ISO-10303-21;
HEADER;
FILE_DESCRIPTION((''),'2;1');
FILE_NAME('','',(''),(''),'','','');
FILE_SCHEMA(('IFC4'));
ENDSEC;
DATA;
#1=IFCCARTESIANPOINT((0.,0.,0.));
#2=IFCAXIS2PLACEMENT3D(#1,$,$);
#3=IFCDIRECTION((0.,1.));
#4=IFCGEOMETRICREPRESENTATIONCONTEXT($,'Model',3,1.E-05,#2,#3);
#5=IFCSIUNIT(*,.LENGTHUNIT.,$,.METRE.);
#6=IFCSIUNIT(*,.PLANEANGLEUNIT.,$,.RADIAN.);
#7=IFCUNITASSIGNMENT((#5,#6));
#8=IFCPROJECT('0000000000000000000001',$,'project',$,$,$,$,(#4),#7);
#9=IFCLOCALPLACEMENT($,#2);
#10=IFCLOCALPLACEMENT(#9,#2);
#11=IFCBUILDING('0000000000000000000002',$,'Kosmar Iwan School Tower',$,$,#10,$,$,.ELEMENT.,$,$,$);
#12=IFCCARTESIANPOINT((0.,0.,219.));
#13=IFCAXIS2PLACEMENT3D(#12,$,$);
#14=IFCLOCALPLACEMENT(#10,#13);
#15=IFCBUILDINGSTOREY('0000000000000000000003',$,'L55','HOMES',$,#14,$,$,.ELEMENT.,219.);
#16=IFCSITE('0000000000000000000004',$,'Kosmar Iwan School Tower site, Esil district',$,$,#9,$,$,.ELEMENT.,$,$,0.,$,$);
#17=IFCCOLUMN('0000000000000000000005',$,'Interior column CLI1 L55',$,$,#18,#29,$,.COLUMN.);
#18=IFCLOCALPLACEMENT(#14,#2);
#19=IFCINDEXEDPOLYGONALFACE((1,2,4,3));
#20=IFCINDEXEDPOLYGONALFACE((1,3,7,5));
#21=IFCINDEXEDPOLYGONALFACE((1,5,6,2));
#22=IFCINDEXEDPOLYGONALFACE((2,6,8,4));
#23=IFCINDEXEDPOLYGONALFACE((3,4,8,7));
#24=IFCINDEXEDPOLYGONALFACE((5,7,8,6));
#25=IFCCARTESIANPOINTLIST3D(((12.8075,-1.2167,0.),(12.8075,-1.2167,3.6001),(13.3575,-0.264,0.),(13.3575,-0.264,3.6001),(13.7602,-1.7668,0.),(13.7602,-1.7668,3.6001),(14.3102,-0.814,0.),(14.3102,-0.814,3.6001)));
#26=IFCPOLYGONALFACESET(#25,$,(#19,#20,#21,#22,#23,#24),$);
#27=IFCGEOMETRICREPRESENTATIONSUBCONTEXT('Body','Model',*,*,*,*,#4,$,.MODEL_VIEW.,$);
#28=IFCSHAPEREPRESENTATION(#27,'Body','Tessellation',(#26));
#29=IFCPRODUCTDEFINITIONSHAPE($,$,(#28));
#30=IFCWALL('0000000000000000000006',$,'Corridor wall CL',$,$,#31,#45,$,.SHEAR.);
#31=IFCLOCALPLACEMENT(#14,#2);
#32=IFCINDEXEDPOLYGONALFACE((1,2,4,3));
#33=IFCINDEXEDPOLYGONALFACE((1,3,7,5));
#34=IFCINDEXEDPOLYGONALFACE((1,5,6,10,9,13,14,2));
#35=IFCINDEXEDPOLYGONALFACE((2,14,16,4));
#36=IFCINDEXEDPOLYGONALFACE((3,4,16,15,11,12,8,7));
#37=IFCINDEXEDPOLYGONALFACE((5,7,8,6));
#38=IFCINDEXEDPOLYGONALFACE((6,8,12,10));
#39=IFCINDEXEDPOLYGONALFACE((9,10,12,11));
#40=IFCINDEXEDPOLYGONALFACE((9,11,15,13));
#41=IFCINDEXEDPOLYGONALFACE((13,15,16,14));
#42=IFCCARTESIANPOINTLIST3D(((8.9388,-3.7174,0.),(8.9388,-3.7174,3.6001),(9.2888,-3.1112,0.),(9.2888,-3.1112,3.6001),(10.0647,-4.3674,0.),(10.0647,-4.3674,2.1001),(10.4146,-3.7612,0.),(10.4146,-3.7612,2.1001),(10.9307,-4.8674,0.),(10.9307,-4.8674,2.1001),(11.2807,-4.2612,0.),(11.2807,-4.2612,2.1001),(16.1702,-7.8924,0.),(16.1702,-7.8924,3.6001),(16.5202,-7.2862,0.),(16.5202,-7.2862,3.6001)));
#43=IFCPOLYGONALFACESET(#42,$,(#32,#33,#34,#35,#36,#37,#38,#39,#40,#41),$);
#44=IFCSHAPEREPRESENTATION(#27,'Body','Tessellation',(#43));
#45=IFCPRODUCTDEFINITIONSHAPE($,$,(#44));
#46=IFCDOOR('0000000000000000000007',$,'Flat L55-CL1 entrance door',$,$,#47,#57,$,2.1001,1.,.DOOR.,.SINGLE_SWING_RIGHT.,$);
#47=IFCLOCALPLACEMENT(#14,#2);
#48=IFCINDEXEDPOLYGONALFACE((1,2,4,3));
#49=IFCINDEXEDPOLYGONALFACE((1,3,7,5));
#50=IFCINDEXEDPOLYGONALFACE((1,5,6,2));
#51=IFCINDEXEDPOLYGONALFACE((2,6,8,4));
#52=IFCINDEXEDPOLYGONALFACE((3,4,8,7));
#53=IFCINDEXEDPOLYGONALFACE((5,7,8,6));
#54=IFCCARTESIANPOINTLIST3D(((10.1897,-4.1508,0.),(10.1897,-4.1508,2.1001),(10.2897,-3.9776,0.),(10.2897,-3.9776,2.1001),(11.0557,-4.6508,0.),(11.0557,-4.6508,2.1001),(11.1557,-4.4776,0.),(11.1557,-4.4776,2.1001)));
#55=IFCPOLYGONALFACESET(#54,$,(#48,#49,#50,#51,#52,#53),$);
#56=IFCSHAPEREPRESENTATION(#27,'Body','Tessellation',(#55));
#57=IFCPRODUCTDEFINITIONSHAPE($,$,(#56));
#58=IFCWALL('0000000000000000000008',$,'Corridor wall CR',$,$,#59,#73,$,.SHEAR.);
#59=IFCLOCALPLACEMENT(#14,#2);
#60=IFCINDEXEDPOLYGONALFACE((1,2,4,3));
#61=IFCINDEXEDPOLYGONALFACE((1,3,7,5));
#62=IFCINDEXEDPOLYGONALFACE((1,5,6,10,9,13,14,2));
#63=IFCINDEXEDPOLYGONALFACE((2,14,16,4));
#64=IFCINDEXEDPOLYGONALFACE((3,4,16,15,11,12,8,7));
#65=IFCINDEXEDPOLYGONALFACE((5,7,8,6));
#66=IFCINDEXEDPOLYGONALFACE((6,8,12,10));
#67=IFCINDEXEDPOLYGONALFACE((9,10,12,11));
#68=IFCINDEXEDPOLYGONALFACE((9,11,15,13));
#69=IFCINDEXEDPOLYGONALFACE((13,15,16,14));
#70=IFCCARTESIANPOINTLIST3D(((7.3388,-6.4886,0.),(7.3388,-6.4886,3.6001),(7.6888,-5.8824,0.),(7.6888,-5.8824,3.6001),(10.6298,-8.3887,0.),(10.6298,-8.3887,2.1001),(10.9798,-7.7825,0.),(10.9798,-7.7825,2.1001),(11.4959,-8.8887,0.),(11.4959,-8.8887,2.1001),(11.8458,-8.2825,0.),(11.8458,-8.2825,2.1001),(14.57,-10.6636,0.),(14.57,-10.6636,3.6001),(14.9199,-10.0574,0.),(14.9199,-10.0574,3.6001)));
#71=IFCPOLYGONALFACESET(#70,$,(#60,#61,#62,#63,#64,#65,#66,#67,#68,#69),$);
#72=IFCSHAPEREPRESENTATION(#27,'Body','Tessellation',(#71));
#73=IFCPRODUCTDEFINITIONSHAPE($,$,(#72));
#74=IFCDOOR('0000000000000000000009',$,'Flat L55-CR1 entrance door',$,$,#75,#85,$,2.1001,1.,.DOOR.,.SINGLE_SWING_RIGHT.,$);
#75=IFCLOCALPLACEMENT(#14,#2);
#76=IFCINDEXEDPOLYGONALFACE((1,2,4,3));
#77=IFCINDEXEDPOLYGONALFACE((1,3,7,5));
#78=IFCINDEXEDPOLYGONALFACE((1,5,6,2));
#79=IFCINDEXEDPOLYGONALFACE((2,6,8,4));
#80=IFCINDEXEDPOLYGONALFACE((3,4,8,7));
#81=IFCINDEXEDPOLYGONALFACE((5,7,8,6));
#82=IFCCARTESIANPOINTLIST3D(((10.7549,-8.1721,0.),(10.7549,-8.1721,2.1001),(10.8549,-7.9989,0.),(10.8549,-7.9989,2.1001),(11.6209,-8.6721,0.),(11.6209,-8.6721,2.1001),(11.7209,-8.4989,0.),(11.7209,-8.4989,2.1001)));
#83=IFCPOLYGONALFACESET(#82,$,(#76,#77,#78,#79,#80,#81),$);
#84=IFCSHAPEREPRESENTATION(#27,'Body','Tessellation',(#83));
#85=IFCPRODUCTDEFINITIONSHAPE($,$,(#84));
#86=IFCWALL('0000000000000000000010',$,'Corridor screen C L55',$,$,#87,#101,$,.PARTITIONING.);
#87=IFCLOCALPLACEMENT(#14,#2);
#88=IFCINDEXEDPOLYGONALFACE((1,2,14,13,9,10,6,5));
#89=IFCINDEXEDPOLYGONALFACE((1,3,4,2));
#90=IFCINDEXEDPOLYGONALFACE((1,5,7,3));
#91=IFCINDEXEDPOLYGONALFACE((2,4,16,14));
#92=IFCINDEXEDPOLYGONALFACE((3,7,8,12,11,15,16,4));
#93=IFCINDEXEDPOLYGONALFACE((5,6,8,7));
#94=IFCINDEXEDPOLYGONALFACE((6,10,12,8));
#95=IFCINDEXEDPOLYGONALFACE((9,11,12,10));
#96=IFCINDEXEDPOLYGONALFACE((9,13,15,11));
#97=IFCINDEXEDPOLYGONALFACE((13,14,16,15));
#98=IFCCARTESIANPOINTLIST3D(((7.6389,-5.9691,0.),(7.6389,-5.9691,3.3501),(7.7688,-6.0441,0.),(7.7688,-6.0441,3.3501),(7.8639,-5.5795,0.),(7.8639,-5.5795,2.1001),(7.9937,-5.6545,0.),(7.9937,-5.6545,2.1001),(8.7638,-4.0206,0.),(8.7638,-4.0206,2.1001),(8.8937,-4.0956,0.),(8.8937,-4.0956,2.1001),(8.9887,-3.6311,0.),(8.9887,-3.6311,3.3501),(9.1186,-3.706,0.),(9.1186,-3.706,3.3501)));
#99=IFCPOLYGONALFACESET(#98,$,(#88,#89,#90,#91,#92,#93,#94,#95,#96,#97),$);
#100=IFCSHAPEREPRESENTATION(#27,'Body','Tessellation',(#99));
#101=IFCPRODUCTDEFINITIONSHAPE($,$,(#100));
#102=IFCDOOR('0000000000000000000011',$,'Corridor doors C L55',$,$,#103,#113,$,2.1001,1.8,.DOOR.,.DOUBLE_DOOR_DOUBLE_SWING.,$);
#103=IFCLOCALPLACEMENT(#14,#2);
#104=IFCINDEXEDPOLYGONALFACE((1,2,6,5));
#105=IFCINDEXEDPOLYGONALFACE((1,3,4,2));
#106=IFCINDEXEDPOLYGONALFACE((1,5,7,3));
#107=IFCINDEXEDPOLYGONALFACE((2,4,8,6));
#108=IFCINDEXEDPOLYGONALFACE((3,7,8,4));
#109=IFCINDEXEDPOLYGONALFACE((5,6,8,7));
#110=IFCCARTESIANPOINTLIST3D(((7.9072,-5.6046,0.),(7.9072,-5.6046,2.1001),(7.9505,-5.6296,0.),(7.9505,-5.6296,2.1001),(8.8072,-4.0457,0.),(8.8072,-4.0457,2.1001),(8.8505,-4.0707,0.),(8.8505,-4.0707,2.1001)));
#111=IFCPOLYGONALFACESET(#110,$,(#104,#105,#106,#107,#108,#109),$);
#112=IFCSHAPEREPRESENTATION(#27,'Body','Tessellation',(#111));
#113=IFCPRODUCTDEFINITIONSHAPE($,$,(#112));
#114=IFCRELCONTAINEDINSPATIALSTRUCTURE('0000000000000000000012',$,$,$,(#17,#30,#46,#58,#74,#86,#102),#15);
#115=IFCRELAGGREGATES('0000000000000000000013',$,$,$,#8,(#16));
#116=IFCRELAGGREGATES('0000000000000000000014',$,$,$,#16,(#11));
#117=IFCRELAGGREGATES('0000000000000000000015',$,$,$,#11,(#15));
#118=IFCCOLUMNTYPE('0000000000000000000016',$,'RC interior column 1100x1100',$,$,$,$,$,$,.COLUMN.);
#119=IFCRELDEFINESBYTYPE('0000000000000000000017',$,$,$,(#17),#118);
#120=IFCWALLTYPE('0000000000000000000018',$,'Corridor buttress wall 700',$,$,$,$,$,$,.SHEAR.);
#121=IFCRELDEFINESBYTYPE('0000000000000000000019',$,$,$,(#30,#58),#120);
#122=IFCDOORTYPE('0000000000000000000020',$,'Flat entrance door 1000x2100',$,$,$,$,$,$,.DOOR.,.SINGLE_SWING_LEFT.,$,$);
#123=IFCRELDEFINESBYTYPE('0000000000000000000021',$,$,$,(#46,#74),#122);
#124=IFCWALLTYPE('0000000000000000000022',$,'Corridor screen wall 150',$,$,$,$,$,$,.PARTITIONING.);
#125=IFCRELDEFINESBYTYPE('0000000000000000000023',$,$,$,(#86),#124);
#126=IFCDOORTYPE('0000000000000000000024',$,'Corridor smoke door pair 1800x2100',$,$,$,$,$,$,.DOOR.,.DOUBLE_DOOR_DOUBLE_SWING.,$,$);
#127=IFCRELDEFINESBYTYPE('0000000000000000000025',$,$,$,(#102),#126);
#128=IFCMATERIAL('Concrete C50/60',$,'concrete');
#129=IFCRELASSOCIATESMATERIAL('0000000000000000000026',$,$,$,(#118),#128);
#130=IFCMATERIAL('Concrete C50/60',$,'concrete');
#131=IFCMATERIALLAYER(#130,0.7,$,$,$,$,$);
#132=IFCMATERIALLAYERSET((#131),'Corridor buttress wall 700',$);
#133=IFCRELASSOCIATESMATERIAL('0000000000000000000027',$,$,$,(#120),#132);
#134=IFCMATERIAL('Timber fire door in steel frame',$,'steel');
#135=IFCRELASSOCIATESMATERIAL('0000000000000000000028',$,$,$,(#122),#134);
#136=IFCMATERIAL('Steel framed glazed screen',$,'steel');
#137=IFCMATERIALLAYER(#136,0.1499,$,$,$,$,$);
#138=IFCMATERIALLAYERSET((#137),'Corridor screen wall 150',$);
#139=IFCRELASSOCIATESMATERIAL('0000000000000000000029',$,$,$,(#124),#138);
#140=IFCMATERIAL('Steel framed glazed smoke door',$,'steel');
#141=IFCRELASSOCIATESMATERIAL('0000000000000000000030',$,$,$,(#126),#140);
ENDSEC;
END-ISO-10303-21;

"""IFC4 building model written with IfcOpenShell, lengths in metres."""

from ifc_helpers import new_model, si_unit, direction, frame, frame_2d, origin, origin_2d, place, context, subcontext, project, spatial, rectangle, extrude, material, layer, layer_set, material_profile, profile_set, type_object, element, fill, save


model = new_model("IFC4")

# Units and contexts
model_context = context("Model", 3, precision=1e-05, world=origin(), true_north=direction((0.0, 1.0)))
body_context = subcontext(model_context, "Body", "Model", "MODEL_VIEW")
ifc_project = project(units=[si_unit("LENGTHUNIT", "METRE"), si_unit("PLANEANGLEUNIT", "RADIAN")], contexts=[model_context])

# Site, building, storey
site_placement = place(None, origin())
site = spatial("IfcSite", under=ifc_project, at=site_placement, Name="Kosmar Iwan School Tower site, Esil district", CompositionType="ELEMENT", RefElevation=0.0)
building_placement = place(site_placement, origin())
building = spatial("IfcBuilding", under=site, at=building_placement, Name="Kosmar Iwan School Tower", CompositionType="ELEMENT")
storey_placement = place(building_placement, frame((0.0, 0.0, 219.0)))
storey = spatial("IfcBuildingStorey", under=building, at=storey_placement, Name="L55", Description="HOMES", CompositionType="ELEMENT", Elevation=219.0)

# Column
ifc_material_1 = material(Name="Concrete C50/60", Category="concrete")
ifc_material_profile = material_profile(ifc_material_1, rectangle(XDim=1.1001, YDim=1.1001, at=origin_2d()), Name="RC 1100x1100")
ifc_profile_set = profile_set([ifc_material_profile], Name="Concrete C50/60")
column_type = type_object("IfcColumnType", Name="RC interior column 1100x1100", PredefinedType="COLUMN", material=ifc_profile_set)
column_placement = place(storey_placement, frame((13.5588, -1.0154, 0.0), z_axis=(0.0, 0.0, 1.0), x_axis=(0.866025, -0.5, 0.0)))
element("IfcColumn", 1, at=column_placement, inside=storey, type_object=column_type, Name="Interior column CLI1 L55", PredefinedType="COLUMN", context=body_context, shape_type="SweptSolid", body=[
    extrude(rectangle(XDim=1.1001, YDim=1.1001, at=origin_2d()), origin(), (0.0, 0.0, 1.0), 3.6001),
])

# Walls, openings, doors
ifc_material_2 = material(Name="Concrete C50/60", Category="concrete")
ifc_layer_1 = layer(ifc_material_2, 0.7)
ifc_layer_set_1 = layer_set([ifc_layer_1], Name="Corridor buttress wall 700")
wall_type_1 = type_object("IfcWallType", Name="Corridor buttress wall 700", PredefinedType="SHEAR", material=ifc_layer_set_1)
wall_1_placement = place(storey_placement, frame((9.1138, -3.4143, 0.0), z_axis=(0.0, 0.0, 1.0), x_axis=(0.866027, -0.499997, 0.0)))
wall_1 = element("IfcWall", 2, at=wall_1_placement, inside=storey, type_object=wall_type_1, Name="Corridor wall CL", PredefinedType="SHEAR", context=body_context, shape_type="SweptSolid", body=[
    extrude(rectangle(XDim=8.3501, YDim=0.7, at=frame_2d((4.175, 0.0))), origin(), (0.0, 0.0, 1.0), 3.6001),
])
opening_1_placement = place(wall_1_placement, frame((1.3, 0.0, 0.0)))
opening_1 = element("IfcOpeningElement", 3, at=opening_1_placement, cuts=wall_1, PredefinedType="OPENING", context=body_context, shape_type="SweptSolid", body=[
    extrude(rectangle(XDim=1.0, YDim=2.1001, at=frame_2d((0.5, 1.05))), frame((0.0, 0.3621, 0.0), z_axis=(0.0, -1.0, 0.0), x_axis=(1.0, 0.0, 0.0)), (0.0, 0.0, 1.0), 0.7239),
])
ifc_material_3 = material(Name="Timber fire door in steel frame", Category="steel")
door_type_1 = type_object("IfcDoorType", Name="Flat entrance door 1000x2100", OperationType="SINGLE_SWING_LEFT", PredefinedType="DOOR", material=ifc_material_3)
door_1_placement = place(opening_1_placement, origin())
door_1 = element("IfcDoor", 4, at=door_1_placement, inside=storey, type_object=door_type_1, Name="Flat L55-CL1 entrance door", OperationType="SINGLE_SWING_RIGHT", OverallHeight=2.1001, OverallWidth=1.0, PredefinedType="DOOR", context=body_context, shape_type="SweptSolid", body=[
    extrude(rectangle(XDim=1.0, YDim=2.1001, at=frame_2d((0.5, 1.05))), frame((0.0, 0.1001, 0.0), z_axis=(0.0, -1.0, 0.0), x_axis=(1.0, 0.0, 0.0)), (0.0, 0.0, 1.0), 0.2),
])
fill(opening_1, door_1)
wall_2_placement = place(storey_placement, frame((7.5139, -6.1855, 0.0), z_axis=(0.0, 0.0, 1.0), x_axis=(0.86602, -0.50001, 0.0)))
wall_2 = element("IfcWall", 5, at=wall_2_placement, inside=storey, type_object=wall_type_1, Name="Corridor wall CR", PredefinedType="SHEAR", context=body_context, shape_type="SweptSolid", body=[
    extrude(rectangle(XDim=8.3499, YDim=0.7, at=frame_2d((4.1748, 0.0))), origin(), (0.0, 0.0, 1.0), 3.6001),
])
opening_2_placement = place(wall_2_placement, frame((3.8, 0.0, 0.0)))
opening_2 = element("IfcOpeningElement", 6, at=opening_2_placement, cuts=wall_2, PredefinedType="OPENING", context=body_context, shape_type="SweptSolid", body=[
    extrude(rectangle(XDim=1.0, YDim=2.1001, at=frame_2d((0.5, 1.05))), frame((0.0, 0.3621, 0.0), z_axis=(0.0, -1.0, 0.0), x_axis=(1.0, 0.0, 0.0)), (0.0, 0.0, 1.0), 0.7239),
])
door_2_placement = place(opening_2_placement, origin())
door_2 = element("IfcDoor", 7, at=door_2_placement, inside=storey, type_object=door_type_1, Name="Flat L55-CR1 entrance door", OperationType="SINGLE_SWING_RIGHT", OverallHeight=2.1001, OverallWidth=1.0, PredefinedType="DOOR", context=body_context, shape_type="SweptSolid", body=[
    extrude(rectangle(XDim=1.0, YDim=2.1001, at=frame_2d((0.5, 1.05))), frame((0.0, 0.1001, 0.0), z_axis=(0.0, -1.0, 0.0), x_axis=(1.0, 0.0, 0.0)), (0.0, 0.0, 1.0), 0.2),
])
fill(opening_2, door_2)
ifc_material_4 = material(Name="Steel framed glazed screen", Category="steel")
ifc_layer_2 = layer(ifc_material_4, 0.1499)
ifc_layer_set_2 = layer_set([ifc_layer_2], Name="Corridor screen wall 150")
wall_type_2 = type_object("IfcWallType", Name="Corridor screen wall 150", PredefinedType="PARTITIONING", material=ifc_layer_set_2)
wall_3_placement = place(storey_placement, frame((7.7039, -6.0066, 0.0), z_axis=(0.0, 0.0, 1.0), x_axis=(0.499981, 0.866037, 0.0)))
wall_3 = element("IfcWall", 8, at=wall_3_placement, inside=storey, type_object=wall_type_2, Name="Corridor screen C L55", PredefinedType="PARTITIONING", context=body_context, shape_type="SweptSolid", body=[
    extrude(rectangle(XDim=2.6997, YDim=0.1499, at=frame_2d((1.3499, 0.0))), origin(), (0.0, 0.0, 1.0), 3.3501),
])
opening_3_placement = place(wall_3_placement, frame((0.45, 0.0, 0.0)))
opening_3 = element("IfcOpeningElement", 9, at=opening_3_placement, cuts=wall_3, PredefinedType="OPENING", context=body_context, shape_type="SweptSolid", body=[
    extrude(rectangle(XDim=1.8, YDim=2.1001, at=frame_2d((0.8999, 1.05))), frame((0.0, 0.0869, 0.0), z_axis=(0.0, -1.0, 0.0), x_axis=(1.0, 0.0, 0.0)), (0.0, 0.0, 1.0), 0.1738),
])
ifc_material_5 = material(Name="Steel framed glazed smoke door", Category="steel")
door_type_2 = type_object("IfcDoorType", Name="Corridor smoke door pair 1800x2100", OperationType="DOUBLE_DOOR_DOUBLE_SWING", PredefinedType="DOOR", material=ifc_material_5)
door_3_placement = place(opening_3_placement, origin())
door_3 = element("IfcDoor", 10, at=door_3_placement, inside=storey, type_object=door_type_2, Name="Corridor doors C L55", OperationType="DOUBLE_DOOR_DOUBLE_SWING", OverallHeight=2.1001, OverallWidth=1.8, PredefinedType="DOOR", context=body_context, shape_type="SweptSolid", body=[
    extrude(rectangle(XDim=1.8, YDim=2.1001, at=frame_2d((0.8999, 1.05))), frame((0.0, 0.0249, 0.0), z_axis=(0.0, -1.0, 0.0), x_axis=(1.0, 0.0, 0.0)), (0.0, 0.0, 1.0), 0.05),
])
fill(opening_3, door_3)

save(model, "model.ifc")
